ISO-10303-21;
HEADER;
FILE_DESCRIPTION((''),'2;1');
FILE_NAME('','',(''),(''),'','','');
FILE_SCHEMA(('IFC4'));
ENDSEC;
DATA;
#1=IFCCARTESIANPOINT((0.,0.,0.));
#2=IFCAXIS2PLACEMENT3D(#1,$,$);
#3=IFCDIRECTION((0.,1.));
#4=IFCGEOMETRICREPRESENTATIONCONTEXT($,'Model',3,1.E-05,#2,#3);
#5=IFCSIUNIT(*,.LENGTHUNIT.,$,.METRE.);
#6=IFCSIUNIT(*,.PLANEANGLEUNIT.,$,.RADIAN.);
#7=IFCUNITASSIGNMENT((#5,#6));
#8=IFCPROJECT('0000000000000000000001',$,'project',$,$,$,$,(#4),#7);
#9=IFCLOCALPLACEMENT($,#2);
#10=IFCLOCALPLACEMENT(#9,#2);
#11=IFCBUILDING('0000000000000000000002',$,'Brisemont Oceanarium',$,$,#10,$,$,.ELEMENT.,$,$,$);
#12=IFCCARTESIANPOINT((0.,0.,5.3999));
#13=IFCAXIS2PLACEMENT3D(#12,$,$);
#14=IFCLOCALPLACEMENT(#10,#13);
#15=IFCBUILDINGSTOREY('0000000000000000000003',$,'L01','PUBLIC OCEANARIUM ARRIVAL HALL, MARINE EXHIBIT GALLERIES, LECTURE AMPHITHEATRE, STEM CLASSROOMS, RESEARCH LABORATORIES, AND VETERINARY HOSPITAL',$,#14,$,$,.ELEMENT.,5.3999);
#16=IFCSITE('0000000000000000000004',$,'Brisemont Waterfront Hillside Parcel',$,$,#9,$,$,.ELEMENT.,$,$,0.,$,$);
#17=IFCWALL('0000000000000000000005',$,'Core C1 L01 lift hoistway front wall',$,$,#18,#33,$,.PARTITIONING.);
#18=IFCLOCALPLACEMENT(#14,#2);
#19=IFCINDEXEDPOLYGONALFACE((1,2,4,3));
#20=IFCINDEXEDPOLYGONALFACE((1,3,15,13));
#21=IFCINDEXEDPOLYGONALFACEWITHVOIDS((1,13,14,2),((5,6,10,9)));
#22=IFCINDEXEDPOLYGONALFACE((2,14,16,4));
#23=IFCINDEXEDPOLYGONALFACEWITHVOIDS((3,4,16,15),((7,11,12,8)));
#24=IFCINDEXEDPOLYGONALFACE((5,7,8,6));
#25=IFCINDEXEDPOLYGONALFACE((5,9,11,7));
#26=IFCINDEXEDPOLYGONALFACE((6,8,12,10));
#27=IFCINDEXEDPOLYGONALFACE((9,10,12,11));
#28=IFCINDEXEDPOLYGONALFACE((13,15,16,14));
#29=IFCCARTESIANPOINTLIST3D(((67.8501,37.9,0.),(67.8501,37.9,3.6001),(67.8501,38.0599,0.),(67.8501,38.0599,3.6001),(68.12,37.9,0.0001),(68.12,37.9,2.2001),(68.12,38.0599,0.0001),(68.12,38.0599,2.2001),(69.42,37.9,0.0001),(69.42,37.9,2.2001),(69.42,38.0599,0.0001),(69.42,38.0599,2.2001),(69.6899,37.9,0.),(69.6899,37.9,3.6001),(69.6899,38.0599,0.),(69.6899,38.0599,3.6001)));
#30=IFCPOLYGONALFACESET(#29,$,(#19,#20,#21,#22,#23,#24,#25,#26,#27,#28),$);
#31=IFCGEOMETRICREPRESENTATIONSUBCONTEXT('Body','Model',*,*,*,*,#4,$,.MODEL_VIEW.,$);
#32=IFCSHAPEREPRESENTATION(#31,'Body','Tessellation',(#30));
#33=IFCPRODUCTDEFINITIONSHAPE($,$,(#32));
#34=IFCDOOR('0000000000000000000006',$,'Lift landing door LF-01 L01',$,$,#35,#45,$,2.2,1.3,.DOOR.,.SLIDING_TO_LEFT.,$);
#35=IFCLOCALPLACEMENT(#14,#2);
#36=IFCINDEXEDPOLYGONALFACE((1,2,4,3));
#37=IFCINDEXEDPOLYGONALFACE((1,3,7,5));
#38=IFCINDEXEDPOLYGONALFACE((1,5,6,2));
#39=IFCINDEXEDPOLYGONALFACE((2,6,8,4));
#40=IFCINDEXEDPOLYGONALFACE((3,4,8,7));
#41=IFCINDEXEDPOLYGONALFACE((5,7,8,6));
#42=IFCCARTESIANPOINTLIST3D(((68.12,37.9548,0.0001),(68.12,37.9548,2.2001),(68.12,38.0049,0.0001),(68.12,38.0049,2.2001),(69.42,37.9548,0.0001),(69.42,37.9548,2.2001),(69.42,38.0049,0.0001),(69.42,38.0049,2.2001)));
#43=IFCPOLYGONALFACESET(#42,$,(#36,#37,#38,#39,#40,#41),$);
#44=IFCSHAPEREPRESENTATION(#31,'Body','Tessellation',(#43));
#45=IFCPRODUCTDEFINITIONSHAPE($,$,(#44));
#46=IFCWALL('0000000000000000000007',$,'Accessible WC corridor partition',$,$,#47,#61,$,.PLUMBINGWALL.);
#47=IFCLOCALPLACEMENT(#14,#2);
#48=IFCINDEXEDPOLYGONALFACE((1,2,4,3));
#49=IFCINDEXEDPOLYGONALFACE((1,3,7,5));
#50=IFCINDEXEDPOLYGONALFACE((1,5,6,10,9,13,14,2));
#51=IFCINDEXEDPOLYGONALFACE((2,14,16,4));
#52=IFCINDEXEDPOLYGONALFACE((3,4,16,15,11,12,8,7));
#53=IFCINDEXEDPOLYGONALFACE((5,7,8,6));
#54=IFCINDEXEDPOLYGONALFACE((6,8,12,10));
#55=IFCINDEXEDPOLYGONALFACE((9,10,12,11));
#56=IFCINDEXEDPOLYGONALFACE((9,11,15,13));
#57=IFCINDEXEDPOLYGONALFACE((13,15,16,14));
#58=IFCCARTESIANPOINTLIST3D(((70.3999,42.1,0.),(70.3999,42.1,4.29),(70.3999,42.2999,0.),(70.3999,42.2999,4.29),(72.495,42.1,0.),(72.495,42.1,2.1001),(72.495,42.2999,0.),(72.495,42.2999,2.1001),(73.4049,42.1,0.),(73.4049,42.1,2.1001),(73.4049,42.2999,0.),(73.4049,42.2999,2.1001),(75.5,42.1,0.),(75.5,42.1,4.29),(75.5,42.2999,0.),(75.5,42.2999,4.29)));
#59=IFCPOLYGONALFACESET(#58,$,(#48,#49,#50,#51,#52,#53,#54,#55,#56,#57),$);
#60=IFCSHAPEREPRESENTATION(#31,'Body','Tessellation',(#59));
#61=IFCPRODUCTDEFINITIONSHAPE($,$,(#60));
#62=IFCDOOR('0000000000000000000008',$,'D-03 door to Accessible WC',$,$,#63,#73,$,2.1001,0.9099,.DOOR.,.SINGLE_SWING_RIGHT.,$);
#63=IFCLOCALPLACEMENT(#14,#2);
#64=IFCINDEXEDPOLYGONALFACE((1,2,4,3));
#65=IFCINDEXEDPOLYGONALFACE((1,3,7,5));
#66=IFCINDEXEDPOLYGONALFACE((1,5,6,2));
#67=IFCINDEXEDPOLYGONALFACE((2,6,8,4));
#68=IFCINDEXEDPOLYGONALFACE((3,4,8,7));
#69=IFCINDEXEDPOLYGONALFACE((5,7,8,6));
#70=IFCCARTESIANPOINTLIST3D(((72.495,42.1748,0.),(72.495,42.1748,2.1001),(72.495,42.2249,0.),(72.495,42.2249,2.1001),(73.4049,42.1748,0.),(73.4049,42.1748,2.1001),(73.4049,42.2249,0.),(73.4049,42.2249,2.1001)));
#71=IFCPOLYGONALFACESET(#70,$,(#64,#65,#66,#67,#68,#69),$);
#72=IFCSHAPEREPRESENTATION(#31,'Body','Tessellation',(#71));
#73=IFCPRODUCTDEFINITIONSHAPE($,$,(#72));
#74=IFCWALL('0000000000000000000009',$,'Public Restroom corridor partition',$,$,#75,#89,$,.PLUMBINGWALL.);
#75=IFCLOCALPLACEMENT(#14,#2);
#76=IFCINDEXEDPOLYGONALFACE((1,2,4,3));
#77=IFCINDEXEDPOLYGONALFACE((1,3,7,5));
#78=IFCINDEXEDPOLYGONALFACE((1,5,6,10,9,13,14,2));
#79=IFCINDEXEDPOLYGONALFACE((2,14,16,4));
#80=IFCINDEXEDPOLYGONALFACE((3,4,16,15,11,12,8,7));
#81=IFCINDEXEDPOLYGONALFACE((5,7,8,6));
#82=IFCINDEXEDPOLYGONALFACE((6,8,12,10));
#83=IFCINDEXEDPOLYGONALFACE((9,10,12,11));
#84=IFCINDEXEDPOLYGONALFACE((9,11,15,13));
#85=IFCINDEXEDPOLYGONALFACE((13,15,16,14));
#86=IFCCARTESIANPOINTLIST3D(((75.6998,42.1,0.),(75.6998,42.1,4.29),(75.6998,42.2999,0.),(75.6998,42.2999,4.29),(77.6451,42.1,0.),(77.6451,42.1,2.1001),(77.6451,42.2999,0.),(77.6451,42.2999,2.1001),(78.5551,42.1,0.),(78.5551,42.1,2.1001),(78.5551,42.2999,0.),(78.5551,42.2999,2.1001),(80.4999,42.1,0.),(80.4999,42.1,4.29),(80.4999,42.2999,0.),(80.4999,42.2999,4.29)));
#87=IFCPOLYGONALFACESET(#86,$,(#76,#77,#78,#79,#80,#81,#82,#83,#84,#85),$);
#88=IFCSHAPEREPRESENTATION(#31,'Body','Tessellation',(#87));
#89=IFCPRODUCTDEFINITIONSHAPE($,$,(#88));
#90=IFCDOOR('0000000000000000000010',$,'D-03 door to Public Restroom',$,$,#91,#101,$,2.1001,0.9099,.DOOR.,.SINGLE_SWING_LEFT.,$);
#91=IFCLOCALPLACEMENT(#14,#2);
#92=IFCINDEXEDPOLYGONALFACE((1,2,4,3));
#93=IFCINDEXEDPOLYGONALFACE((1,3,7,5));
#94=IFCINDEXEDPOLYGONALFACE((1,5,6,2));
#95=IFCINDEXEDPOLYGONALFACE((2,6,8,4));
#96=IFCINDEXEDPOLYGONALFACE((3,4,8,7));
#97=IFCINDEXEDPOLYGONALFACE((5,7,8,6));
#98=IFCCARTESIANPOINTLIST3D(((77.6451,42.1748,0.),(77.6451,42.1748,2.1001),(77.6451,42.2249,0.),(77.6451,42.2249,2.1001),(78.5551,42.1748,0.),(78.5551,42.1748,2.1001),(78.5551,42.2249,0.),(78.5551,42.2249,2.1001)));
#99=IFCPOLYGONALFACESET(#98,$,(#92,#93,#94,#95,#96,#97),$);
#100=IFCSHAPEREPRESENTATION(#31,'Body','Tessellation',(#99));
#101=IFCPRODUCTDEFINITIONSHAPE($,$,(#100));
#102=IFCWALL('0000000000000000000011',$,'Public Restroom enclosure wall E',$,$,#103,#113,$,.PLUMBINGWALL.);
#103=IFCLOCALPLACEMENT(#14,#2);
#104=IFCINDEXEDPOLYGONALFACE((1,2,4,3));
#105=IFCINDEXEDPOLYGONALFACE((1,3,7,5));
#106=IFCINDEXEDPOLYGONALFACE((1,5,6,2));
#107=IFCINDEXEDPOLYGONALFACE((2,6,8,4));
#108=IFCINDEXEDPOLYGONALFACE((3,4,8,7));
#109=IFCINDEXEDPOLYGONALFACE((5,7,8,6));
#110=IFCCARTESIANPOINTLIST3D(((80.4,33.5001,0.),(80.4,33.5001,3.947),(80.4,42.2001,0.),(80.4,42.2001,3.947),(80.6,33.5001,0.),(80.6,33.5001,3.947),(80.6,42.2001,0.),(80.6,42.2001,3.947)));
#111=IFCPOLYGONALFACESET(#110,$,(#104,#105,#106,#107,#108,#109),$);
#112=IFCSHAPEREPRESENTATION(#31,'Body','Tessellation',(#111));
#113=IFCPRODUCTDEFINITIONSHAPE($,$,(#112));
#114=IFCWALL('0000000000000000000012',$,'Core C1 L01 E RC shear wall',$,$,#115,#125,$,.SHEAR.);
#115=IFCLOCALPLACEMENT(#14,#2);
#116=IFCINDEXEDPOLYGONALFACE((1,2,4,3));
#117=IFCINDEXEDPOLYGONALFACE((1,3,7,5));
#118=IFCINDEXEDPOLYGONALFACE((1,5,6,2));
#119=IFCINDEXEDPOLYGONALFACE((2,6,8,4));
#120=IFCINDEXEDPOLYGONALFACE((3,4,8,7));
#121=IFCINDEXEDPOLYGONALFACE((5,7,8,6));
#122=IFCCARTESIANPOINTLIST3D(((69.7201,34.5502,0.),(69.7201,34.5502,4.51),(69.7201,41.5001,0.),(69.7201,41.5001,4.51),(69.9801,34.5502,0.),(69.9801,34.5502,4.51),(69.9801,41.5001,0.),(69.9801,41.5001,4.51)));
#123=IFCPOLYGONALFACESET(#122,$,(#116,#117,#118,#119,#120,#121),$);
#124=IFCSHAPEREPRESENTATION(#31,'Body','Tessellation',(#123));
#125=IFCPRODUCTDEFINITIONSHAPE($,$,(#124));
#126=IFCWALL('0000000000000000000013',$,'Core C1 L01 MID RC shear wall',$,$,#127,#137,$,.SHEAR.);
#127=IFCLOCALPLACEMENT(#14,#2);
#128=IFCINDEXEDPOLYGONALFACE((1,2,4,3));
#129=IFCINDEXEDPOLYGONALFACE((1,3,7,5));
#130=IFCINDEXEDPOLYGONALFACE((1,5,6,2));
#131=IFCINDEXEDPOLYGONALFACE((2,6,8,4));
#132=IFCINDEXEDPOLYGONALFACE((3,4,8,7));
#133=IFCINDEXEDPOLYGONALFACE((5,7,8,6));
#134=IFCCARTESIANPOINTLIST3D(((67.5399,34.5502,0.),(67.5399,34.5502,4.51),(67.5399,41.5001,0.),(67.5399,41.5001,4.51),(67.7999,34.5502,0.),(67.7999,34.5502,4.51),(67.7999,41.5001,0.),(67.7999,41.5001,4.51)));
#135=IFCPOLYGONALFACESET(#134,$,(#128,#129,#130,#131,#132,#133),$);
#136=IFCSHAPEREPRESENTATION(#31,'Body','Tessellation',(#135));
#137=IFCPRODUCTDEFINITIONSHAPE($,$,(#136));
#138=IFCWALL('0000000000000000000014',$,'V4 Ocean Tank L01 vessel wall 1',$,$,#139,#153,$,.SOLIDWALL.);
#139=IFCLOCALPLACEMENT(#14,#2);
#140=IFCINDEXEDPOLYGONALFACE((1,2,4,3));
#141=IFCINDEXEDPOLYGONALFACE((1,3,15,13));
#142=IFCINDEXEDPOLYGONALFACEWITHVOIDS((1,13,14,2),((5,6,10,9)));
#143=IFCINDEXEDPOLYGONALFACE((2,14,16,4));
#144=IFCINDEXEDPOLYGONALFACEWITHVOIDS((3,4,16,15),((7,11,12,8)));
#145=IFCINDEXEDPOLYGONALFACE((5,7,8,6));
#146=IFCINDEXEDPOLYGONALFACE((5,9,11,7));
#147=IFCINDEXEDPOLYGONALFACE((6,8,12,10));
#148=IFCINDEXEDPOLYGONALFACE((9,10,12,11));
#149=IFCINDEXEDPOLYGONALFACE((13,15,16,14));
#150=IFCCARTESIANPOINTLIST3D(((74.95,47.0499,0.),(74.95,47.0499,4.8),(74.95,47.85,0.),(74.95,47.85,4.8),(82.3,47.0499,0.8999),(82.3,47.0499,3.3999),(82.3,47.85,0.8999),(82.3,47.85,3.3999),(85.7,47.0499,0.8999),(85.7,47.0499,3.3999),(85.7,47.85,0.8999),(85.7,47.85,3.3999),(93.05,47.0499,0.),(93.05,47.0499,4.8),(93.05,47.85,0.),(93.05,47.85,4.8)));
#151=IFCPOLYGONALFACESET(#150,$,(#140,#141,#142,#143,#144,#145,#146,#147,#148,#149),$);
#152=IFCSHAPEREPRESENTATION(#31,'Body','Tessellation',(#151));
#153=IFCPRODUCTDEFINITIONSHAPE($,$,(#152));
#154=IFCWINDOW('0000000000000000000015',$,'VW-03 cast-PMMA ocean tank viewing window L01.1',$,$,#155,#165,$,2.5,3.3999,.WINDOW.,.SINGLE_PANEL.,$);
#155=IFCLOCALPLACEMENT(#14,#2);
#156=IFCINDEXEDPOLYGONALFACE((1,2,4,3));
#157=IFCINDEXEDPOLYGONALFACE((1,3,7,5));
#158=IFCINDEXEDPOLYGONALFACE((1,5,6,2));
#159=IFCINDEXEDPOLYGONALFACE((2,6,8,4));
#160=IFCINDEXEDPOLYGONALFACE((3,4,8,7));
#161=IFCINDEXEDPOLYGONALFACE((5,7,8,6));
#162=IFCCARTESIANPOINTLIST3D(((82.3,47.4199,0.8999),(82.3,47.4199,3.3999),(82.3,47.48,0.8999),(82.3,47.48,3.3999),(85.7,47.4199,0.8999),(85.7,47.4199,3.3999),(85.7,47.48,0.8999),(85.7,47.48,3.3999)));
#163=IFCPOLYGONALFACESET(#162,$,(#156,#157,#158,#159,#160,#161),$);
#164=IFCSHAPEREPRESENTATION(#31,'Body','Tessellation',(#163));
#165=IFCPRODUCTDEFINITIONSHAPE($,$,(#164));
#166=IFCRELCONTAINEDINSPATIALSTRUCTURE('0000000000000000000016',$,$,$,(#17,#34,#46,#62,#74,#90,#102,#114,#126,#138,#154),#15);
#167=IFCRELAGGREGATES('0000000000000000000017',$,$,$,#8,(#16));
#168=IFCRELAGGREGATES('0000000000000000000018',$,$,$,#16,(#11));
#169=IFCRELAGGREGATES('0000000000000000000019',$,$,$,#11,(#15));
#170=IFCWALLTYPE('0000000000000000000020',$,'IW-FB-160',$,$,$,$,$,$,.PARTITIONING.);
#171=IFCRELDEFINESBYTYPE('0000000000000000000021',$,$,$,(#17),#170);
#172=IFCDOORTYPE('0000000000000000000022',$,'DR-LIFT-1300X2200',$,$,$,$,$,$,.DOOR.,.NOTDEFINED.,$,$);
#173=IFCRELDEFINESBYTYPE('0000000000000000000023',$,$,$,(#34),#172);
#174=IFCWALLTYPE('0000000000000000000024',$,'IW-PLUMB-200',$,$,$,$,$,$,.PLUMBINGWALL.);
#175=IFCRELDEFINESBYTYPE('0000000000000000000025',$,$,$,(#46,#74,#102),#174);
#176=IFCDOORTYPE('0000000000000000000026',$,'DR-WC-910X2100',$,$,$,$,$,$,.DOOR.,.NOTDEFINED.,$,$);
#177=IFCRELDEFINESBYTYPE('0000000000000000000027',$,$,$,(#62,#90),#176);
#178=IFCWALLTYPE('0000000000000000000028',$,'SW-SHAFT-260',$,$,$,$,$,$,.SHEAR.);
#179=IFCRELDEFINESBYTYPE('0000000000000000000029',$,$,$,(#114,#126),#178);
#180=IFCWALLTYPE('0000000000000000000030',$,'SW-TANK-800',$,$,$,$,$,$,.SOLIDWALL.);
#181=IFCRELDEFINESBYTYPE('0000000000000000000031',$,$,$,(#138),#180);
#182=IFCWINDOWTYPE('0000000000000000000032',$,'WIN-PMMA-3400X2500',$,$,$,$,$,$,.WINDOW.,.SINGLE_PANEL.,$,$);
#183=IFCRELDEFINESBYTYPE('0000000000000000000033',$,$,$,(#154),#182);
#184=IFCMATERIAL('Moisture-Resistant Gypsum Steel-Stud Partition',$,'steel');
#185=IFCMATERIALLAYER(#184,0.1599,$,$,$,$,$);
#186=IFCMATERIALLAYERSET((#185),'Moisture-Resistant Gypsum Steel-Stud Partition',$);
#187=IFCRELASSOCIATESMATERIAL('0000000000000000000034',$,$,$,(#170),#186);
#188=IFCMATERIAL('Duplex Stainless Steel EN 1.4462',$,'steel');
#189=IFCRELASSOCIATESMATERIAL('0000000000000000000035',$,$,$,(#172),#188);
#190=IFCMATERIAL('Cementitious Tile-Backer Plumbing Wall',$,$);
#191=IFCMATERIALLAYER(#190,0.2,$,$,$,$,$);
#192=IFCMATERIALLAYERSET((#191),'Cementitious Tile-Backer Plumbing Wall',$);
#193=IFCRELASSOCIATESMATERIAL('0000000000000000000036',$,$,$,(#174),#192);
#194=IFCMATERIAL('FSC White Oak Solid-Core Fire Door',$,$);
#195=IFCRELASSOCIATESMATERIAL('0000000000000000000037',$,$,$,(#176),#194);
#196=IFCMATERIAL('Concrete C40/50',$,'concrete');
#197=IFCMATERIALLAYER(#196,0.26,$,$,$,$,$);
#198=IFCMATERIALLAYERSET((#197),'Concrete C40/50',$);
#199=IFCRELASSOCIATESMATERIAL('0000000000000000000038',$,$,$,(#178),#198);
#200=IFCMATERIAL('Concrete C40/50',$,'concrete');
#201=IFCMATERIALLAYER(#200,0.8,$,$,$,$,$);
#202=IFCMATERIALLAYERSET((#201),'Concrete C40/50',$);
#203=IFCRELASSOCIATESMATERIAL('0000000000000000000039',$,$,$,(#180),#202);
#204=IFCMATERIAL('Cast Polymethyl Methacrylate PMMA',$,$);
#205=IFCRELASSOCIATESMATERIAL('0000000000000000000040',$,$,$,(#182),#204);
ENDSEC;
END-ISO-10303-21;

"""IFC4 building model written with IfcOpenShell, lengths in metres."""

from ifc_helpers import new_model, si_unit, direction, frame, frame_2d, origin, place, context, subcontext, project, spatial, rectangle, extrude, material, layer, layer_set, type_object, element, fill, save


model = new_model("IFC4")

# Units and contexts
model_context = context("Model", 3, precision=1e-05, world=origin(), true_north=direction((0.0, 1.0)))
body_context = subcontext(model_context, "Body", "Model", "MODEL_VIEW")
ifc_project = project(units=[si_unit("LENGTHUNIT", "METRE"), si_unit("PLANEANGLEUNIT", "RADIAN")], contexts=[model_context])

# Site, building, storey
site_placement = place(None, origin())
site = spatial("IfcSite", under=ifc_project, at=site_placement, Name="Brisemont Waterfront Hillside Parcel", CompositionType="ELEMENT", RefElevation=0.0)
building_placement = place(site_placement, origin())
building = spatial("IfcBuilding", under=site, at=building_placement, Name="Brisemont Oceanarium", CompositionType="ELEMENT")
storey_placement = place(building_placement, frame((0.0, 0.0, 5.3999)))
storey = spatial("IfcBuildingStorey", under=building, at=storey_placement, Name="L01", Description="PUBLIC OCEANARIUM ARRIVAL HALL, MARINE EXHIBIT GALLERIES, LECTURE AMPHITHEATRE, STEM CLASSROOMS, RESEARCH LABORATORIES, AND VETERINARY HOSPITAL", CompositionType="ELEMENT", Elevation=5.3999)

# Walls, openings, doors
ifc_material_1 = material(Name="Moisture-Resistant Gypsum Steel-Stud Partition", Category="steel")
ifc_layer_1 = layer(ifc_material_1, 0.1599)
ifc_layer_set_1 = layer_set([ifc_layer_1], Name="Moisture-Resistant Gypsum Steel-Stud Partition")
wall_type_1 = type_object("IfcWallType", Name="IW-FB-160", PredefinedType="PARTITIONING", material=ifc_layer_set_1)
wall_1_placement = place(storey_placement, frame((67.8501, 37.98, 0.0), z_axis=(0.0, 0.0, 1.0), x_axis=(1.0, 0.0, 0.0)))
wall_1 = element("IfcWall", 1, at=wall_1_placement, inside=storey, type_object=wall_type_1, Name="Core C1 L01 lift hoistway front wall", PredefinedType="PARTITIONING", context=body_context, shape_type="SweptSolid", body=[
    extrude(rectangle(XDim=1.8398, YDim=0.1599, at=frame_2d((0.9199, 0.0))), origin(), (0.0, 0.0, 1.0), 3.6001),
])
opening_1_placement = place(wall_1_placement, frame((0.27, 0.0, 0.0)))
opening_1 = element("IfcOpeningElement", 2, at=opening_1_placement, cuts=wall_1, PredefinedType="OPENING", context=body_context, shape_type="SweptSolid", body=[
    extrude(rectangle(XDim=1.3, YDim=2.2, at=frame_2d((0.6499, 1.1001))), frame((0.0, 0.0898, 0.0), z_axis=(0.0, -1.0, 0.0), x_axis=(1.0, 0.0, 0.0)), (0.0, 0.0, 1.0), 0.1799),
])
ifc_material_2 = material(Name="Duplex Stainless Steel EN 1.4462", Category="steel")
door_type_1 = type_object("IfcDoorType", Name="DR-LIFT-1300X2200", OperationType="NOTDEFINED", PredefinedType="DOOR", material=ifc_material_2)
door_1_placement = place(opening_1_placement, origin())
door_1 = element("IfcDoor", 3, at=door_1_placement, inside=storey, type_object=door_type_1, Name="Lift landing door LF-01 L01", OperationType="SLIDING_TO_LEFT", OverallHeight=2.2, OverallWidth=1.3, PredefinedType="DOOR", context=body_context, shape_type="SweptSolid", body=[
    extrude(rectangle(XDim=1.3, YDim=2.2, at=frame_2d((0.6499, 1.1001))), frame((0.0, 0.0249, 0.0), z_axis=(0.0, -1.0, 0.0), x_axis=(1.0, 0.0, 0.0)), (0.0, 0.0, 1.0), 0.05),
])
fill(opening_1, door_1)
ifc_material_3 = material(Name="Cementitious Tile-Backer Plumbing Wall")
ifc_layer_2 = layer(ifc_material_3, 0.2)
ifc_layer_set_2 = layer_set([ifc_layer_2], Name="Cementitious Tile-Backer Plumbing Wall")
wall_type_2 = type_object("IfcWallType", Name="IW-PLUMB-200", PredefinedType="PLUMBINGWALL", material=ifc_layer_set_2)
wall_2_placement = place(storey_placement, frame((70.3999, 42.2, 0.0), z_axis=(0.0, 0.0, 1.0), x_axis=(1.0, 0.0, 0.0)))
wall_2 = element("IfcWall", 4, at=wall_2_placement, inside=storey, type_object=wall_type_2, Name="Accessible WC corridor partition", PredefinedType="PLUMBINGWALL", context=body_context, shape_type="SweptSolid", body=[
    extrude(rectangle(XDim=5.1001, YDim=0.2, at=frame_2d((2.55, 0.0))), origin(), (0.0, 0.0, 1.0), 4.29),
])
opening_2_placement = place(wall_2_placement, frame((2.095, 0.0, 0.0)))
opening_2 = element("IfcOpeningElement", 5, at=opening_2_placement, cuts=wall_2, PredefinedType="OPENING", context=body_context, shape_type="SweptSolid", body=[
    extrude(rectangle(XDim=0.9099, YDim=2.1001, at=frame_2d((0.4551, 1.05))), frame((0.0, 0.1099, 0.0), z_axis=(0.0, -1.0, 0.0), x_axis=(1.0, 0.0, 0.0)), (0.0, 0.0, 1.0), 0.22),
])
ifc_material_4 = material(Name="FSC White Oak Solid-Core Fire Door")
door_type_2 = type_object("IfcDoorType", Name="DR-WC-910X2100", OperationType="NOTDEFINED", PredefinedType="DOOR", material=ifc_material_4)
door_2_placement = place(opening_2_placement, origin())
door_2 = element("IfcDoor", 6, at=door_2_placement, inside=storey, type_object=door_type_2, Name="D-03 door to Accessible WC", OperationType="SINGLE_SWING_RIGHT", OverallHeight=2.1001, OverallWidth=0.9099, PredefinedType="DOOR", context=body_context, shape_type="SweptSolid", body=[
    extrude(rectangle(XDim=0.9099, YDim=2.1001, at=frame_2d((0.4551, 1.05))), frame((0.0, 0.0249, 0.0), z_axis=(0.0, -1.0, 0.0), x_axis=(1.0, 0.0, 0.0)), (0.0, 0.0, 1.0), 0.05),
])
fill(opening_2, door_2)
wall_3_placement = place(storey_placement, frame((75.7, 42.2, 0.0), z_axis=(0.0, 0.0, 1.0), x_axis=(1.0, 0.0, 0.0)))
wall_3 = element("IfcWall", 7, at=wall_3_placement, inside=storey, type_object=wall_type_2, Name="Public Restroom corridor partition", PredefinedType="PLUMBINGWALL", context=body_context, shape_type="SweptSolid", body=[
    extrude(rectangle(XDim=4.8, YDim=0.2, at=frame_2d((2.3999, 0.0))), origin(), (0.0, 0.0, 1.0), 4.29),
])
opening_3_placement = place(wall_3_placement, frame((1.9451, 0.0, 0.0)))
opening_3 = element("IfcOpeningElement", 8, at=opening_3_placement, cuts=wall_3, PredefinedType="OPENING", context=body_context, shape_type="SweptSolid", body=[
    extrude(rectangle(XDim=0.9099, YDim=2.1001, at=frame_2d((0.4551, 1.05))), frame((0.0, 0.1099, 0.0), z_axis=(0.0, -1.0, 0.0), x_axis=(1.0, 0.0, 0.0)), (0.0, 0.0, 1.0), 0.22),
])
door_3_placement = place(opening_3_placement, origin())
door_3 = element("IfcDoor", 9, at=door_3_placement, inside=storey, type_object=door_type_2, Name="D-03 door to Public Restroom", OperationType="SINGLE_SWING_LEFT", OverallHeight=2.1001, OverallWidth=0.9099, PredefinedType="DOOR", context=body_context, shape_type="SweptSolid", body=[
    extrude(rectangle(XDim=0.9099, YDim=2.1001, at=frame_2d((0.4551, 1.05))), frame((0.0, 0.0249, 0.0), z_axis=(0.0, -1.0, 0.0), x_axis=(1.0, 0.0, 0.0)), (0.0, 0.0, 1.0), 0.05),
])
fill(opening_3, door_3)

# Walls
wall_4_placement = place(storey_placement, frame((80.5, 33.5, 0.0), z_axis=(0.0, 0.0, 1.0), x_axis=(0.0, 1.0, 0.0)))
element("IfcWall", 10, at=wall_4_placement, inside=storey, type_object=wall_type_2, Name="Public Restroom enclosure wall E", PredefinedType="PLUMBINGWALL", context=body_context, shape_type="SweptSolid", body=[
    extrude(rectangle(XDim=8.7, YDim=0.2, at=frame_2d((4.3501, 0.0))), origin(), (0.0, 0.0, 1.0), 3.947),
])
ifc_material_5 = material(Name="Concrete C40/50", Category="concrete")
ifc_layer_3 = layer(ifc_material_5, 0.26)
ifc_layer_set_3 = layer_set([ifc_layer_3], Name="Concrete C40/50")
wall_type_3 = type_object("IfcWallType", Name="SW-SHAFT-260", PredefinedType="SHEAR", material=ifc_layer_set_3)
for number, where, z_axis, x_axis, name in (
    (11, (69.8501, 34.55, 0.0), (0.0, 0.0, 1.0), (0.0, 1.0, 0.0), "Core C1 L01 E RC shear wall"),
    (12, (67.6699, 34.55, 0.0), (0.0, 0.0, 1.0), (0.0, 1.0, 0.0), "Core C1 L01 MID RC shear wall"),
):
    element("IfcWall", number, at=place(storey_placement, frame(where, z_axis=z_axis, x_axis=x_axis)), inside=storey, type_object=wall_type_3, Name=name, PredefinedType="SHEAR", context=body_context, shape_type="SweptSolid", body=[
        extrude(rectangle(XDim=6.95, YDim=0.26, at=frame_2d((3.4751, 0.0))), origin(), (0.0, 0.0, 1.0), 4.51),
    ])

# Wall, opening, window
ifc_material_6 = material(Name="Concrete C40/50", Category="concrete")
ifc_layer_4 = layer(ifc_material_6, 0.8)
ifc_layer_set_4 = layer_set([ifc_layer_4], Name="Concrete C40/50")
wall_type_4 = type_object("IfcWallType", Name="SW-TANK-800", PredefinedType="SOLIDWALL", material=ifc_layer_set_4)
wall_5_placement = place(storey_placement, frame((74.95, 47.45, 0.0), z_axis=(0.0, 0.0, 1.0), x_axis=(1.0, 0.0, 0.0)))
wall_5 = element("IfcWall", 13, at=wall_5_placement, inside=storey, type_object=wall_type_4, Name="V4 Ocean Tank L01 vessel wall 1", PredefinedType="SOLIDWALL", context=body_context, shape_type="SweptSolid", body=[
    extrude(rectangle(XDim=18.1001, YDim=0.8, at=frame_2d((9.05, 0.0))), origin(), (0.0, 0.0, 1.0), 4.8),
])
opening_4_placement = place(wall_5_placement, frame((7.3501, 0.0, 0.8999)))
opening_4 = element("IfcOpeningElement", 14, at=opening_4_placement, cuts=wall_5, PredefinedType="OPENING", context=body_context, shape_type="SweptSolid", body=[
    extrude(rectangle(XDim=3.3999, YDim=2.5, at=frame_2d((1.7, 1.25))), frame((0.0, 0.4099, 0.0), z_axis=(0.0, -1.0, 0.0), x_axis=(1.0, 0.0, 0.0)), (0.0, 0.0, 1.0), 0.8201),
])
ifc_material_7 = material(Name="Cast Polymethyl Methacrylate PMMA")
window_type = type_object("IfcWindowType", Name="WIN-PMMA-3400X2500", PartitioningType="SINGLE_PANEL", PredefinedType="WINDOW", material=ifc_material_7)
window_placement = place(opening_4_placement, origin())
window = element("IfcWindow", 15, at=window_placement, inside=storey, type_object=window_type, Name="VW-03 cast-PMMA ocean tank viewing window L01.1", OverallHeight=2.5, OverallWidth=3.3999, PartitioningType="SINGLE_PANEL", PredefinedType="WINDOW", context=body_context, shape_type="SweptSolid", body=[
    extrude(rectangle(XDim=3.3999, YDim=2.5, at=frame_2d((1.7, 1.25))), frame((0.0, 0.03, 0.0), z_axis=(0.0, -1.0, 0.0), x_axis=(1.0, 0.0, 0.0)), (0.0, 0.0, 1.0), 0.0601),
])
fill(opening_4, window)

save(model, "model.ifc")
